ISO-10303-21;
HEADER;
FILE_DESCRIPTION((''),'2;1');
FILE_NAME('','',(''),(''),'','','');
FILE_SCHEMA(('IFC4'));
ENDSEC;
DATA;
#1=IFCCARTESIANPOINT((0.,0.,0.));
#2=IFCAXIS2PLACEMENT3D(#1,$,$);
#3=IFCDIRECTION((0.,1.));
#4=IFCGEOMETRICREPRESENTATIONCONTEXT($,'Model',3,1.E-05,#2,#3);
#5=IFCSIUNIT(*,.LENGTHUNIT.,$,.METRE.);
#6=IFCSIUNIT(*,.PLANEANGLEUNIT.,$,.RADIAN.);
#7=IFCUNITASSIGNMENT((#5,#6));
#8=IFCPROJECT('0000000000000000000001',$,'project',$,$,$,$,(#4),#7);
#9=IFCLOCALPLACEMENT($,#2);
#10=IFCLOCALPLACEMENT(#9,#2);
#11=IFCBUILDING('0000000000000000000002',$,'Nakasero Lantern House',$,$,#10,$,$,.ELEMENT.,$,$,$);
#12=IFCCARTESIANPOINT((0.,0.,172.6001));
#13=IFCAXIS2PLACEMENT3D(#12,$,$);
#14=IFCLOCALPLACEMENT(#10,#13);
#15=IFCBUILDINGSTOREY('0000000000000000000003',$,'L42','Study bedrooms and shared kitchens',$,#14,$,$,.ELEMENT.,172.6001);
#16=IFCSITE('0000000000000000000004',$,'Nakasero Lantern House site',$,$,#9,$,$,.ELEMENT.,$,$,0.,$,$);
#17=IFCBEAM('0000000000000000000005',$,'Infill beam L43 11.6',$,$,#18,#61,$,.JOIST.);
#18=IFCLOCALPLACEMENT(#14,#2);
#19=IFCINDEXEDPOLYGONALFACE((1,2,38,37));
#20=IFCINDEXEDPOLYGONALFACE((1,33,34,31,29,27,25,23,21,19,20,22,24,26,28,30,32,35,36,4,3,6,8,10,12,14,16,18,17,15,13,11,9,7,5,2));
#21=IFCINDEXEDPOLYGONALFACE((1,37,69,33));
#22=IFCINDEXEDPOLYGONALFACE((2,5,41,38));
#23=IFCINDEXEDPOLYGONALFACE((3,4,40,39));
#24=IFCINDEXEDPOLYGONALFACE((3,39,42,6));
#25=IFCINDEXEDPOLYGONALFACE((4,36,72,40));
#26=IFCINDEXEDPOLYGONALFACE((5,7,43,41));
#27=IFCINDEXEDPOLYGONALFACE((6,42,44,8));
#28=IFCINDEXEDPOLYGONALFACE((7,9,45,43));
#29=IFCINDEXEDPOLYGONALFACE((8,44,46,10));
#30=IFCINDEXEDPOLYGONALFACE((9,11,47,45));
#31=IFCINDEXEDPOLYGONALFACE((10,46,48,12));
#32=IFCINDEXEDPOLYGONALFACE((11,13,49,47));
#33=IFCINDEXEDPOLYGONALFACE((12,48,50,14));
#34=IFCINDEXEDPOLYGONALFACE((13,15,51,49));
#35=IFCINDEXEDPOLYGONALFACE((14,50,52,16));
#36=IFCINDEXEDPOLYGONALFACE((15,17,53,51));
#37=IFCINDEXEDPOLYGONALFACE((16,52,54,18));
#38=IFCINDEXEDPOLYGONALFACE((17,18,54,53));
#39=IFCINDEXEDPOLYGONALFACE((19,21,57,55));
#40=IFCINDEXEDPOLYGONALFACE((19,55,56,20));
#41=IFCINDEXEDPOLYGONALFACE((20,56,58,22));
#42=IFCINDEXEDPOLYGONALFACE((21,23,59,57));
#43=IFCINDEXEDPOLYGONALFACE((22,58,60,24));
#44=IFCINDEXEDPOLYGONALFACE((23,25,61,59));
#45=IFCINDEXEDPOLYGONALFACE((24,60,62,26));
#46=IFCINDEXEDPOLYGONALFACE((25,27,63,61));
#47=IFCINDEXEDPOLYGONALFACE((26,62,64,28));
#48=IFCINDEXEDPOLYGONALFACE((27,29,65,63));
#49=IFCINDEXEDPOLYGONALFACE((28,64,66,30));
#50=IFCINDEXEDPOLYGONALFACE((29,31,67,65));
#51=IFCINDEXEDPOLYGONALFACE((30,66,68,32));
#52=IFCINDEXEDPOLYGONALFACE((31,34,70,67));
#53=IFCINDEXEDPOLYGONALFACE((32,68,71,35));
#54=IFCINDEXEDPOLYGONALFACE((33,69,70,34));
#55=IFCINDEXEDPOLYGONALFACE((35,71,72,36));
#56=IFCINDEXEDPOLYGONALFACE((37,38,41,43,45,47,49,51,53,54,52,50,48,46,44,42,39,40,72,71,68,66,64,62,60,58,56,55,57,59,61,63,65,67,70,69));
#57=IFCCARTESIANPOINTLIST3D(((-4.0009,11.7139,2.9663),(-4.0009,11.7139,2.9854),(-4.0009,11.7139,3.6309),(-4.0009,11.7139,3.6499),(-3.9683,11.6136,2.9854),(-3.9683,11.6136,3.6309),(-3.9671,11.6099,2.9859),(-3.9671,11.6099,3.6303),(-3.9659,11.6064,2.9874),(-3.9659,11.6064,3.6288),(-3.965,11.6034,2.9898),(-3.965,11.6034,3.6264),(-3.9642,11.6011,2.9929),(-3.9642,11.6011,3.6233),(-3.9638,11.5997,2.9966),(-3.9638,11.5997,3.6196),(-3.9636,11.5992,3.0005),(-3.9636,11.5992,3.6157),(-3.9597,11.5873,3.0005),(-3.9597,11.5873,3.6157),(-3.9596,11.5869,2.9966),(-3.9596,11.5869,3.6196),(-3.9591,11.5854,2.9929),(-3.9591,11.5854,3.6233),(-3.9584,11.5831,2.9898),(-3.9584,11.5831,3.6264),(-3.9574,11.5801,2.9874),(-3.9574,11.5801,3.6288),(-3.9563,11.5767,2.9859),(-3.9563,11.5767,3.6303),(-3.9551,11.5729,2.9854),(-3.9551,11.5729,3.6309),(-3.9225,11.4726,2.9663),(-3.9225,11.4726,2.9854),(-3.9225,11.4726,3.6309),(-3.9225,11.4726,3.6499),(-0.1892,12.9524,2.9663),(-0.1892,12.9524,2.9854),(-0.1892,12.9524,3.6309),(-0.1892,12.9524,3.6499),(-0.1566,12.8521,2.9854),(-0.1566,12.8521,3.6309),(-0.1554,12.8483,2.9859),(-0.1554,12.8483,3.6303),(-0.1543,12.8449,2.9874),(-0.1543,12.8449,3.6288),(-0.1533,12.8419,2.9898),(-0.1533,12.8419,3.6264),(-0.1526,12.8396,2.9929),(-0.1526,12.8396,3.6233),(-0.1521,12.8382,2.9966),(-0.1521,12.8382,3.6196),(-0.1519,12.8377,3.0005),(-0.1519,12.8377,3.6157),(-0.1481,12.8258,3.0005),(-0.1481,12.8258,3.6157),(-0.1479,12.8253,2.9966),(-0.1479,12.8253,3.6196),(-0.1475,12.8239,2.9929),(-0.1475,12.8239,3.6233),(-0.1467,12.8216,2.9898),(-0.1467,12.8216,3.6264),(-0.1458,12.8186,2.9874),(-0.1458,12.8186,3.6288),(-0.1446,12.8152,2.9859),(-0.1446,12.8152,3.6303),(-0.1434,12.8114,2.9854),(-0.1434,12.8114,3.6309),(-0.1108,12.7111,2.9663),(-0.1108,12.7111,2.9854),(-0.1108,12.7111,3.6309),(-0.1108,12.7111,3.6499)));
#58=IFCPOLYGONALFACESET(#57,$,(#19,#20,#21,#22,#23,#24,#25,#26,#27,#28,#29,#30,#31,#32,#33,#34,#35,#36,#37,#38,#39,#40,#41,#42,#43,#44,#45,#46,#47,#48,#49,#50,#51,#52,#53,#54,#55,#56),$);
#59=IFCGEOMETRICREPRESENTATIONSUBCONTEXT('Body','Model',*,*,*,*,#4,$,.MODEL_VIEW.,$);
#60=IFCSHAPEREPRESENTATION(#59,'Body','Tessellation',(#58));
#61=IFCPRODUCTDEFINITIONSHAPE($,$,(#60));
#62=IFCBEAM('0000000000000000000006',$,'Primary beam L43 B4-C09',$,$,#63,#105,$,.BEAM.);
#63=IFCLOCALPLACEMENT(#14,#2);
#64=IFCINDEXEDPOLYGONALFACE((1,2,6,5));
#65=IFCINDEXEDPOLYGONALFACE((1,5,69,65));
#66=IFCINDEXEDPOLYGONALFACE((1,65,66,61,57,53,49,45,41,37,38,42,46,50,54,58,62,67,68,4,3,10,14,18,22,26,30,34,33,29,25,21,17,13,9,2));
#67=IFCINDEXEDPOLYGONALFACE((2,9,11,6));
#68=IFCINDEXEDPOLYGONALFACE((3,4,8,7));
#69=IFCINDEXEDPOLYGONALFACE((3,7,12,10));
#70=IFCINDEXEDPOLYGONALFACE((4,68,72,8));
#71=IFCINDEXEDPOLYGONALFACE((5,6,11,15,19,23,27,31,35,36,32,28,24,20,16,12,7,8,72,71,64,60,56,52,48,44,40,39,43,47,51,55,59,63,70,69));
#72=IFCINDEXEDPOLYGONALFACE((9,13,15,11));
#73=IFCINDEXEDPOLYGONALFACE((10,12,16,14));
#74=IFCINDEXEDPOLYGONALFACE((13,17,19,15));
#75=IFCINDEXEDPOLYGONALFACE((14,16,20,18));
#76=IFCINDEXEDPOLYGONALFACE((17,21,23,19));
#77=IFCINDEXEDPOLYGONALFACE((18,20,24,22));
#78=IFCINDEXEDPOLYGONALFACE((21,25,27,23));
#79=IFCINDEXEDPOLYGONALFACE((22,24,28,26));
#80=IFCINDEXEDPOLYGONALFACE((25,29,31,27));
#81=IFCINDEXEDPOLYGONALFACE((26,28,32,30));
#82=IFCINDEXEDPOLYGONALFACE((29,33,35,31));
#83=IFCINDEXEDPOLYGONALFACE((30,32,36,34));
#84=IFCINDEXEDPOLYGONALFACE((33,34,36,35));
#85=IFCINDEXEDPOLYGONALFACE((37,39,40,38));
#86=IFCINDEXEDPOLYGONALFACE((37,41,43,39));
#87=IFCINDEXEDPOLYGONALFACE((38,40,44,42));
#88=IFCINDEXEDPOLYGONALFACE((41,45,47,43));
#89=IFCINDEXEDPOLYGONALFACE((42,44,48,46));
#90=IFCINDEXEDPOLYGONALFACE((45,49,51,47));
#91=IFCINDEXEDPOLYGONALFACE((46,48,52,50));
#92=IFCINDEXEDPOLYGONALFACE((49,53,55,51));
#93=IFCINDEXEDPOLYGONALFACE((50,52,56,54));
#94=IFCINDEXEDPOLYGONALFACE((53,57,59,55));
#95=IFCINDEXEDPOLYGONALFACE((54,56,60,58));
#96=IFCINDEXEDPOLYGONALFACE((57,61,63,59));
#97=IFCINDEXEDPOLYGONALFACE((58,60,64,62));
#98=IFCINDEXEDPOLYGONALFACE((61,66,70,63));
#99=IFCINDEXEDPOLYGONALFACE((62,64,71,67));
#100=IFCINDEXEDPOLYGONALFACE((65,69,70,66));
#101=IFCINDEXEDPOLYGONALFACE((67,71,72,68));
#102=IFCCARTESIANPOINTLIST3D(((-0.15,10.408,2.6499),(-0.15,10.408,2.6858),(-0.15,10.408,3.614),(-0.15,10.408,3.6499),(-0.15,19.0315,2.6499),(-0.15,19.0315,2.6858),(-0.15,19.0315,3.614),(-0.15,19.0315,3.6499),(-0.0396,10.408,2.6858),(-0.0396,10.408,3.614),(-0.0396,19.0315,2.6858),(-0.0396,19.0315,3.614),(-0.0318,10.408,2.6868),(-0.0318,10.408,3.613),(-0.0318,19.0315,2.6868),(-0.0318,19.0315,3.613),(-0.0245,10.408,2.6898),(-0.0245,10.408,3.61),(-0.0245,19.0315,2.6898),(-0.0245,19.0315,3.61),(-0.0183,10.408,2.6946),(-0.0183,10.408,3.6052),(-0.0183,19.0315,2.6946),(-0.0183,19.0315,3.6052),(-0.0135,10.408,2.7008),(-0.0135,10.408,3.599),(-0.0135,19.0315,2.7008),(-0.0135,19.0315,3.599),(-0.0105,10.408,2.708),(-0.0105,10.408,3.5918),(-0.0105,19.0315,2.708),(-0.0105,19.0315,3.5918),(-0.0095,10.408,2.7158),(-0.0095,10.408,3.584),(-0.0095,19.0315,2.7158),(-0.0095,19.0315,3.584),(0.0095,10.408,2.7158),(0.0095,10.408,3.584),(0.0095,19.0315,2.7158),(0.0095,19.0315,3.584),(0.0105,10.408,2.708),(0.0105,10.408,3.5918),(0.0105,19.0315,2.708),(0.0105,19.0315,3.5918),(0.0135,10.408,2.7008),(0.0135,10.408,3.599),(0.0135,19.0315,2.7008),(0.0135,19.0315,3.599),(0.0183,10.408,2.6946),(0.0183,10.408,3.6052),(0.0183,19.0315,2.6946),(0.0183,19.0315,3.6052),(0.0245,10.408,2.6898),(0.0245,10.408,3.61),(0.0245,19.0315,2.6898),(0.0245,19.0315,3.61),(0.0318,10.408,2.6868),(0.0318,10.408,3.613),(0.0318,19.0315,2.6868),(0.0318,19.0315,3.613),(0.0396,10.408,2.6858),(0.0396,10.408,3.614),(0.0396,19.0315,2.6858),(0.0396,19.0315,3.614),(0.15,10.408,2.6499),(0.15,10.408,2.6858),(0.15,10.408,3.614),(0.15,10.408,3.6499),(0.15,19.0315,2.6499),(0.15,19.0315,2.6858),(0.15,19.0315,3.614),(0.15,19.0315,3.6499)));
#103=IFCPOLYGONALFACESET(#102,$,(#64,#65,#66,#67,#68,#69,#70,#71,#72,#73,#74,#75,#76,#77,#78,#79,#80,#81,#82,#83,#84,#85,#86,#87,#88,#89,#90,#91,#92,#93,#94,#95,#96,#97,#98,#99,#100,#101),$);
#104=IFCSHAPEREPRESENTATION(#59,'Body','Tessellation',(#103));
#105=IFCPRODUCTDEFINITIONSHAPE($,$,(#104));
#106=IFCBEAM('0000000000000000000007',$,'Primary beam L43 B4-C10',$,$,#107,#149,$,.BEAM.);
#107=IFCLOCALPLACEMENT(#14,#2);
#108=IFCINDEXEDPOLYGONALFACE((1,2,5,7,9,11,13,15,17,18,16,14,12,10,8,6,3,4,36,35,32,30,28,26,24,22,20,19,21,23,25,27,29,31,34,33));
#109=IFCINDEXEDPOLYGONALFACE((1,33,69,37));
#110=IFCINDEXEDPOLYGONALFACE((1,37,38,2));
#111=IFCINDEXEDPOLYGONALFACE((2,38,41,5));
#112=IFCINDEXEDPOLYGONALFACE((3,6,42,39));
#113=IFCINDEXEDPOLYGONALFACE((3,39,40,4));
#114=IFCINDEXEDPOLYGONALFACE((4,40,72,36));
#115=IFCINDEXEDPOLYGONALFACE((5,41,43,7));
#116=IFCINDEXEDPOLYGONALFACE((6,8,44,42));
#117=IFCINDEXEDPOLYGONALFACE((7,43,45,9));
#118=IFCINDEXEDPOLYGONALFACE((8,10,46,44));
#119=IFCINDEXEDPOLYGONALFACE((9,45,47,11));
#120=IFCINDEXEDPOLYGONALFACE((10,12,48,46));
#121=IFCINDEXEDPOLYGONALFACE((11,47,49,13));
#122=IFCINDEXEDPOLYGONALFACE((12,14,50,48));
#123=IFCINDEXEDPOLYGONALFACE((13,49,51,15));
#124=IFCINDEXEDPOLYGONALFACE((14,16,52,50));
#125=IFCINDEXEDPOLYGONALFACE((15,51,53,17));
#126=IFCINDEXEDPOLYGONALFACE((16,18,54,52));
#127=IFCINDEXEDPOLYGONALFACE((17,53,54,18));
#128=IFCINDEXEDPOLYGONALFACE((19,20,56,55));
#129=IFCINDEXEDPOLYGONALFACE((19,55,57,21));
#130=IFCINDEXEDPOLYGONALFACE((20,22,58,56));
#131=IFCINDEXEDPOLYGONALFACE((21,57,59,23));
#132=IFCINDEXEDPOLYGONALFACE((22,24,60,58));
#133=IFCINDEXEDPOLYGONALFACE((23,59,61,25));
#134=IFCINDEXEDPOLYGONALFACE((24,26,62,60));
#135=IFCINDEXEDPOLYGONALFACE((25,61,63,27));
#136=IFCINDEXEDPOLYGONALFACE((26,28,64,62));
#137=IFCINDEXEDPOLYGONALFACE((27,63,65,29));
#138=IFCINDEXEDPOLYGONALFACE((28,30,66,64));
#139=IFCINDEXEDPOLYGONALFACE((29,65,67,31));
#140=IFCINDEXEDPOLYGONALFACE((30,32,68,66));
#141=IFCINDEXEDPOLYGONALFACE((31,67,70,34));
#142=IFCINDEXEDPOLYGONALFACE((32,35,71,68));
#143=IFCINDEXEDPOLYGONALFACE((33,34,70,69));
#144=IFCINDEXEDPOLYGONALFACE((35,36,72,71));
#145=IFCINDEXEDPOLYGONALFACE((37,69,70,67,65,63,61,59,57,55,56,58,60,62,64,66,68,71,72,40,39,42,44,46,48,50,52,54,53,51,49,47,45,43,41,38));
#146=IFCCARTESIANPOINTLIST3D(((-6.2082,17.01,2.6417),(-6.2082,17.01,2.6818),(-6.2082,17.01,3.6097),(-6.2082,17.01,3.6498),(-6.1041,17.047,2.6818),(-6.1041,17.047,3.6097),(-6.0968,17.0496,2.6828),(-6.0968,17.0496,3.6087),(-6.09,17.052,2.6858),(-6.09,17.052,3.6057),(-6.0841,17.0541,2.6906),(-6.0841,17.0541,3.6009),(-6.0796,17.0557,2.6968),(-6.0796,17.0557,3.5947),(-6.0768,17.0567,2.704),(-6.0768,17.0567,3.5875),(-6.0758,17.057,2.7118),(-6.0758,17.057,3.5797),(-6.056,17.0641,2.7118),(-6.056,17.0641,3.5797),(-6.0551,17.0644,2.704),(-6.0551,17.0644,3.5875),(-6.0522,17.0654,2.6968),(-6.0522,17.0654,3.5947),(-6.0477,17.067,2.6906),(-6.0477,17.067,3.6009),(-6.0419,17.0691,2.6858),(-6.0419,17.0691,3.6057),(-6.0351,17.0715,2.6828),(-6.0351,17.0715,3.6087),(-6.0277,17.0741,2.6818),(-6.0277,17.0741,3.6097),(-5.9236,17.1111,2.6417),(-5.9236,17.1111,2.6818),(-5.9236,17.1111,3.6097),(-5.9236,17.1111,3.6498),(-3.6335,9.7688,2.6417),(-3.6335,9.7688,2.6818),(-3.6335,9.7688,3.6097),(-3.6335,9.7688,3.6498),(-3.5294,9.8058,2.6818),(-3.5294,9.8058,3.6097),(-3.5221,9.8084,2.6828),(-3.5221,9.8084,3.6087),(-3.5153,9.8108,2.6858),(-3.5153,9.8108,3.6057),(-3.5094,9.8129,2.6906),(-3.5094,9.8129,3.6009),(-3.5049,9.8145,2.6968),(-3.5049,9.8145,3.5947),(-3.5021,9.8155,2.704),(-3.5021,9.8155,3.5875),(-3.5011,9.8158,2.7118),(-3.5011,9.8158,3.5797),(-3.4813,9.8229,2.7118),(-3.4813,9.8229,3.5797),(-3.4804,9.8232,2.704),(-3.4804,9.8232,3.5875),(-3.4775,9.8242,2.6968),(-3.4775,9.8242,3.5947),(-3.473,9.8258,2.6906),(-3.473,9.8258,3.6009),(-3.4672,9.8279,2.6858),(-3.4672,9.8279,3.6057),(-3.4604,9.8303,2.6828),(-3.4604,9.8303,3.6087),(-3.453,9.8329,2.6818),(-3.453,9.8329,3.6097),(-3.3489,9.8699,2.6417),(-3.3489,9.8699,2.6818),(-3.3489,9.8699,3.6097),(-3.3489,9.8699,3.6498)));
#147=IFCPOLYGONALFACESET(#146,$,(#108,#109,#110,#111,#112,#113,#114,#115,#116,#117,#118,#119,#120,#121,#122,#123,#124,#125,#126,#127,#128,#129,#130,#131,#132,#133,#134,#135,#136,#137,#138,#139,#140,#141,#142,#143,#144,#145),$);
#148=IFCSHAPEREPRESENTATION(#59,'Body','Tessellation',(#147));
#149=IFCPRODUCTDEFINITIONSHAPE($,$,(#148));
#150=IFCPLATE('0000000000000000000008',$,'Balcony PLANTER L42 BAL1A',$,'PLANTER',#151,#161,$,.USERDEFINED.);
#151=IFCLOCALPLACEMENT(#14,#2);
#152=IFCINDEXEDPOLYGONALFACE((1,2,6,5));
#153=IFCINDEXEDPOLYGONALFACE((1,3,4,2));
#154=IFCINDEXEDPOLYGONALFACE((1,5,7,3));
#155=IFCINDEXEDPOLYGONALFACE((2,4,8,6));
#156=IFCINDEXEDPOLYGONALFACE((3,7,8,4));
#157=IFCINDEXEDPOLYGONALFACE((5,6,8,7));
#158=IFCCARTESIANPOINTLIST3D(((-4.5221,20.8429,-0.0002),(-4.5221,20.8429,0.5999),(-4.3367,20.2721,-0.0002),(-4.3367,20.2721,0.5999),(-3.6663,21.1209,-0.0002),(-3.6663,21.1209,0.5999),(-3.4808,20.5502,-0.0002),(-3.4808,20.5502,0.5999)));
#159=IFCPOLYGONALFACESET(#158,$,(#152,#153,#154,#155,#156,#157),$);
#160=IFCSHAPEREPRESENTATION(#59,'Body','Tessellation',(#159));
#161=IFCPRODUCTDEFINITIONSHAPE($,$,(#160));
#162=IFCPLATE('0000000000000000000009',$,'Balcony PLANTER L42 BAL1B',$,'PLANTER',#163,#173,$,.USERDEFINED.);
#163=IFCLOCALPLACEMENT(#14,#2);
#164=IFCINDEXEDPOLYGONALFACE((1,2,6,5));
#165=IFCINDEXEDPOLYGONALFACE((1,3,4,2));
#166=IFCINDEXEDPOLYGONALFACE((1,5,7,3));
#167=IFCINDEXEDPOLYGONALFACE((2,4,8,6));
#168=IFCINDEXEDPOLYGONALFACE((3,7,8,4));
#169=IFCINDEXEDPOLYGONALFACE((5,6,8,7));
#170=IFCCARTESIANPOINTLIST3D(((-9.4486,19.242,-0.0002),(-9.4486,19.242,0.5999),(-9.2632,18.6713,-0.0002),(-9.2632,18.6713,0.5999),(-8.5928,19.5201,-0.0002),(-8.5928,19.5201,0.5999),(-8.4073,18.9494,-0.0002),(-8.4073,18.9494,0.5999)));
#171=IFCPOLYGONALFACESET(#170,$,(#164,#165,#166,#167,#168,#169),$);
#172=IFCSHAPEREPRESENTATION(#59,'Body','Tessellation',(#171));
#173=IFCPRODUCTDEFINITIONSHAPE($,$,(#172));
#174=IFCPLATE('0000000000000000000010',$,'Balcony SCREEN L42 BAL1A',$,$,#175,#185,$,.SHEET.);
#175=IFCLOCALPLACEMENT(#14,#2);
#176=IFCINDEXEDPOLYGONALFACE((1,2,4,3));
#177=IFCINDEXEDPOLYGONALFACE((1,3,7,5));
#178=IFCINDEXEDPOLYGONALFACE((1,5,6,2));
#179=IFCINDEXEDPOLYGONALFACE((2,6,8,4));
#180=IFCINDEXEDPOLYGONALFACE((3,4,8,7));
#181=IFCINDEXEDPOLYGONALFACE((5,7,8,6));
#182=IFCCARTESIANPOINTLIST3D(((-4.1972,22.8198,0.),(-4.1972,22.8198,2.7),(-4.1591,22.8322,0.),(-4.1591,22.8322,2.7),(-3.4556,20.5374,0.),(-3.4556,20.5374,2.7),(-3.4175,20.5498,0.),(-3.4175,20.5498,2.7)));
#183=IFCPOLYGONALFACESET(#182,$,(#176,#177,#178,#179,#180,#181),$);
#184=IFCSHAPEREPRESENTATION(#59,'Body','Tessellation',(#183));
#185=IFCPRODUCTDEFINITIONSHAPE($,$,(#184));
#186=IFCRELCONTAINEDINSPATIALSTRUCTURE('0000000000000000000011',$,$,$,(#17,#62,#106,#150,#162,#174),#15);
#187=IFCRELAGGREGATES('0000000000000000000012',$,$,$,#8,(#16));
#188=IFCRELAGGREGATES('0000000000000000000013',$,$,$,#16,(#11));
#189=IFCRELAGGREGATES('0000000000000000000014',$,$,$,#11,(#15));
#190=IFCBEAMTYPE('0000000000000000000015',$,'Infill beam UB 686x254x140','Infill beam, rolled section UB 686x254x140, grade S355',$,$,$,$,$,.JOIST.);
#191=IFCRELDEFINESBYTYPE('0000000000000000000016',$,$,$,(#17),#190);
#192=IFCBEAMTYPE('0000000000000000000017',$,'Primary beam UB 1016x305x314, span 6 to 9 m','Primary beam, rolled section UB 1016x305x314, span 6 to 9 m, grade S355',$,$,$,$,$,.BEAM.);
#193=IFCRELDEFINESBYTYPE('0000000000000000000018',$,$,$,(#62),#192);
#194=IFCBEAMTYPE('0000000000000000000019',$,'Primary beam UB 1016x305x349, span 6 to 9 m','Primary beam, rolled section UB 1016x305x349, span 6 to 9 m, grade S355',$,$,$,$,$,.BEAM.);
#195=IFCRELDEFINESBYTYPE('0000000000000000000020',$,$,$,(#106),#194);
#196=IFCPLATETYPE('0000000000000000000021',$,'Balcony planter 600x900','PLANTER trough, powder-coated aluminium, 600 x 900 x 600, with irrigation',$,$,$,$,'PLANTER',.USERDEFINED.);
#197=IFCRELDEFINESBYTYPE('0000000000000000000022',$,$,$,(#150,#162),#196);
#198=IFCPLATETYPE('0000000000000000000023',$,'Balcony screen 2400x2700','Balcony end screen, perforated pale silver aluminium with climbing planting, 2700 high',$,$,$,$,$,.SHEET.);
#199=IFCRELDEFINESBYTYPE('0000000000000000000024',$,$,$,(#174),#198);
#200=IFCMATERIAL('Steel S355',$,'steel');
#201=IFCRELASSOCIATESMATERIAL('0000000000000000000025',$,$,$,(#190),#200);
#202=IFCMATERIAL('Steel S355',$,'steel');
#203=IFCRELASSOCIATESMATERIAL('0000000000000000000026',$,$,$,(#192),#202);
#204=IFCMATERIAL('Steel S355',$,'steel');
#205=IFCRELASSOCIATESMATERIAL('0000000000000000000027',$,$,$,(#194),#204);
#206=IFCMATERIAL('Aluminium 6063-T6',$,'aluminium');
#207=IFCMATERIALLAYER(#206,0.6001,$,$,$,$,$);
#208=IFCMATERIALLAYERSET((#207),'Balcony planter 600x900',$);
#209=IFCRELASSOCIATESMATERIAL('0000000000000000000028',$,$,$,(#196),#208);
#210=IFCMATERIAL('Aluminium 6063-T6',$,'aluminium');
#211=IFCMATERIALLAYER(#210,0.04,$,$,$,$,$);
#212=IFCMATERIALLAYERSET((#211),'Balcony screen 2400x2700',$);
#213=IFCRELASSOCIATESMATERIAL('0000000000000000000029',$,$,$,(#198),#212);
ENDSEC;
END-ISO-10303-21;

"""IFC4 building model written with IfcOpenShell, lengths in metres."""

from ifc_helpers import new_model, si_unit, direction, frame, origin, origin_2d, place, context, subcontext, project, spatial, rectangle, i_section, extrude, material, layer, layer_set, material_profile, profile_set, type_object, element, save


model = new_model("IFC4")

# Units and contexts
model_context = context("Model", 3, precision=1e-05, world=origin(), true_north=direction((0.0, 1.0)))
body_context = subcontext(model_context, "Body", "Model", "MODEL_VIEW")
ifc_project = project(units=[si_unit("LENGTHUNIT", "METRE"), si_unit("PLANEANGLEUNIT", "RADIAN")], contexts=[model_context])

# Site, building, storey
site_placement = place(None, origin())
site = spatial("IfcSite", under=ifc_project, at=site_placement, Name="Nakasero Lantern House site", CompositionType="ELEMENT", RefElevation=0.0)
building_placement = place(site_placement, origin())
building = spatial("IfcBuilding", under=site, at=building_placement, Name="Nakasero Lantern House", CompositionType="ELEMENT")
storey_placement = place(building_placement, frame((0.0, 0.0, 172.6001)))
storey = spatial("IfcBuildingStorey", under=building, at=storey_placement, Name="L42", Description="Study bedrooms and shared kitchens", CompositionType="ELEMENT", Elevation=172.6001)

# Beams
ifc_material_1 = material(Name="Steel S355", Category="steel")
ifc_material_profile_1 = material_profile(ifc_material_1, i_section(OverallWidth=0.2537, OverallDepth=0.6836, WebThickness=0.0125, FlangeThickness=0.019, FilletRadius=0.0151, at=origin_2d()), Name="UB 686x254x140")
ifc_profile_set_1 = profile_set([ifc_material_profile_1], Name="Steel S355")
beam_type_1 = type_object("IfcBeamType", Name="Infill beam UB 686x254x140", Description="Infill beam, rolled section UB 686x254x140, grade S355", PredefinedType="JOIST", material=ifc_profile_set_1)
beam_1_placement = place(storey_placement, frame((-3.9617, 11.5933, 3.3081), z_axis=(0.951056, 0.309019, 0.0), x_axis=(-0.309019, 0.951056, 0.0)))
element("IfcBeam", 1, at=beam_1_placement, inside=storey, type_object=beam_type_1, Name="Infill beam L43 11.6", PredefinedType="JOIST", context=body_context, shape_type="SweptSolid", body=[
    extrude(i_section(OverallWidth=0.2537, OverallDepth=0.6836, WebThickness=0.0125, FlangeThickness=0.019, FilletRadius=0.0151, at=origin_2d()), origin(), (0.0, 0.0, 1.0), 4.0078),
])
ifc_material_2 = material(Name="Steel S355", Category="steel")
ifc_material_profile_2 = material_profile(ifc_material_2, i_section(OverallWidth=0.3, OverallDepth=1.0, WebThickness=0.019, FlangeThickness=0.0359, FilletRadius=0.03, at=origin_2d()), Name="UB 1016x305x314")
ifc_profile_set_2 = profile_set([ifc_material_profile_2], Name="Steel S355")
beam_type_2 = type_object("IfcBeamType", Name="Primary beam UB 1016x305x314, span 6 to 9 m", Description="Primary beam, rolled section UB 1016x305x314, span 6 to 9 m, grade S355", PredefinedType="BEAM", material=ifc_profile_set_2)
beam_2_placement = place(storey_placement, frame((0.0, 19.0315, 3.1499), z_axis=(0.0, -1.0, 0.0), x_axis=(1.0, 0.0, 0.0)))
element("IfcBeam", 2, at=beam_2_placement, inside=storey, type_object=beam_type_2, Name="Primary beam L43 B4-C09", PredefinedType="BEAM", context=body_context, shape_type="SweptSolid", body=[
    extrude(i_section(OverallWidth=0.3, OverallDepth=1.0, WebThickness=0.019, FlangeThickness=0.0359, FilletRadius=0.03, at=origin_2d()), origin(), (0.0, 0.0, 1.0), 8.6235),
])
ifc_material_3 = material(Name="Steel S355", Category="steel")
ifc_material_profile_3 = material_profile(ifc_material_3, i_section(OverallWidth=0.302, OverallDepth=1.0081, WebThickness=0.021, FlangeThickness=0.04, FilletRadius=0.03, at=origin_2d()), Name="UB 1016x305x349")
ifc_profile_set_3 = profile_set([ifc_material_profile_3], Name="Steel S355")
beam_type_3 = type_object("IfcBeamType", Name="Primary beam UB 1016x305x349, span 6 to 9 m", Description="Primary beam, rolled section UB 1016x305x349, span 6 to 9 m, grade S355", PredefinedType="BEAM", material=ifc_profile_set_3)
beam_3_placement = place(storey_placement, frame((-6.0659, 17.0605, 3.1458), z_axis=(0.335016, -0.942212, 0.0), x_axis=(0.942212, 0.335016, 0.0)))
element("IfcBeam", 3, at=beam_3_placement, inside=storey, type_object=beam_type_3, Name="Primary beam L43 B4-C10", PredefinedType="BEAM", context=body_context, shape_type="SweptSolid", body=[
    extrude(i_section(OverallWidth=0.302, OverallDepth=1.0081, WebThickness=0.021, FlangeThickness=0.04, FilletRadius=0.03, at=origin_2d()), origin(), (0.0, 0.0, 1.0), 7.6853),
])

# Plates
ifc_material_4 = material(Name="Aluminium 6063-T6", Category="aluminium")
ifc_layer_1 = layer(ifc_material_4, 0.6001)
ifc_layer_set_1 = layer_set([ifc_layer_1], Name="Balcony planter 600x900")
plate_type_1 = type_object("IfcPlateType", Name="Balcony planter 600x900", Description="PLANTER trough, powder-coated aluminium, 600 x 900 x 600, with irrigation", ElementType="PLANTER", PredefinedType="USERDEFINED", material=ifc_layer_set_1)
for number, where, z_axis, x_axis, name in (
    (4, (-4.0015, 20.6965, -0.0002), (0.0, 0.0, 1.0), (-0.309017, 0.951057, 0.0), "Balcony PLANTER L42 BAL1A"),
    (5, (-8.928, 19.0957, -0.0002), (0.0, 0.0, 1.0), (-0.309017, 0.951057, 0.0), "Balcony PLANTER L42 BAL1B"),
):
    element("IfcPlate", number, at=place(storey_placement, frame(where, z_axis=z_axis, x_axis=x_axis)), inside=storey, type_object=plate_type_1, Name=name, ObjectType="PLANTER", PredefinedType="USERDEFINED", context=body_context, shape_type="SweptSolid", body=[
        extrude(rectangle(XDim=0.6001, YDim=0.8999, at=origin_2d()), origin(), (0.0, 0.0, 1.0), 0.6001),
    ])
ifc_material_5 = material(Name="Aluminium 6063-T6", Category="aluminium")
ifc_layer_2 = layer(ifc_material_5, 0.04)
ifc_layer_set_2 = layer_set([ifc_layer_2], Name="Balcony screen 2400x2700")
plate_type_2 = type_object("IfcPlateType", Name="Balcony screen 2400x2700", Description="Balcony end screen, perforated pale silver aluminium with climbing planting, 2700 high", PredefinedType="SHEET", material=ifc_layer_set_2)
for number, where, z_axis, x_axis, name in (
    (6, (-3.8074, 21.6848, 0.0), (0.0, 0.0, 1.0), (-0.309017, 0.951057, 0.0), "Balcony SCREEN L42 BAL1A"),
):
    element("IfcPlate", number, at=place(storey_placement, frame(where, z_axis=z_axis, x_axis=x_axis)), inside=storey, type_object=plate_type_2, Name=name, PredefinedType="SHEET", context=body_context, shape_type="SweptSolid", body=[
        extrude(rectangle(XDim=2.3999, YDim=0.04, at=origin_2d()), origin(), (0.0, 0.0, 1.0), 2.7),
    ])

save(model, "model.ifc")
